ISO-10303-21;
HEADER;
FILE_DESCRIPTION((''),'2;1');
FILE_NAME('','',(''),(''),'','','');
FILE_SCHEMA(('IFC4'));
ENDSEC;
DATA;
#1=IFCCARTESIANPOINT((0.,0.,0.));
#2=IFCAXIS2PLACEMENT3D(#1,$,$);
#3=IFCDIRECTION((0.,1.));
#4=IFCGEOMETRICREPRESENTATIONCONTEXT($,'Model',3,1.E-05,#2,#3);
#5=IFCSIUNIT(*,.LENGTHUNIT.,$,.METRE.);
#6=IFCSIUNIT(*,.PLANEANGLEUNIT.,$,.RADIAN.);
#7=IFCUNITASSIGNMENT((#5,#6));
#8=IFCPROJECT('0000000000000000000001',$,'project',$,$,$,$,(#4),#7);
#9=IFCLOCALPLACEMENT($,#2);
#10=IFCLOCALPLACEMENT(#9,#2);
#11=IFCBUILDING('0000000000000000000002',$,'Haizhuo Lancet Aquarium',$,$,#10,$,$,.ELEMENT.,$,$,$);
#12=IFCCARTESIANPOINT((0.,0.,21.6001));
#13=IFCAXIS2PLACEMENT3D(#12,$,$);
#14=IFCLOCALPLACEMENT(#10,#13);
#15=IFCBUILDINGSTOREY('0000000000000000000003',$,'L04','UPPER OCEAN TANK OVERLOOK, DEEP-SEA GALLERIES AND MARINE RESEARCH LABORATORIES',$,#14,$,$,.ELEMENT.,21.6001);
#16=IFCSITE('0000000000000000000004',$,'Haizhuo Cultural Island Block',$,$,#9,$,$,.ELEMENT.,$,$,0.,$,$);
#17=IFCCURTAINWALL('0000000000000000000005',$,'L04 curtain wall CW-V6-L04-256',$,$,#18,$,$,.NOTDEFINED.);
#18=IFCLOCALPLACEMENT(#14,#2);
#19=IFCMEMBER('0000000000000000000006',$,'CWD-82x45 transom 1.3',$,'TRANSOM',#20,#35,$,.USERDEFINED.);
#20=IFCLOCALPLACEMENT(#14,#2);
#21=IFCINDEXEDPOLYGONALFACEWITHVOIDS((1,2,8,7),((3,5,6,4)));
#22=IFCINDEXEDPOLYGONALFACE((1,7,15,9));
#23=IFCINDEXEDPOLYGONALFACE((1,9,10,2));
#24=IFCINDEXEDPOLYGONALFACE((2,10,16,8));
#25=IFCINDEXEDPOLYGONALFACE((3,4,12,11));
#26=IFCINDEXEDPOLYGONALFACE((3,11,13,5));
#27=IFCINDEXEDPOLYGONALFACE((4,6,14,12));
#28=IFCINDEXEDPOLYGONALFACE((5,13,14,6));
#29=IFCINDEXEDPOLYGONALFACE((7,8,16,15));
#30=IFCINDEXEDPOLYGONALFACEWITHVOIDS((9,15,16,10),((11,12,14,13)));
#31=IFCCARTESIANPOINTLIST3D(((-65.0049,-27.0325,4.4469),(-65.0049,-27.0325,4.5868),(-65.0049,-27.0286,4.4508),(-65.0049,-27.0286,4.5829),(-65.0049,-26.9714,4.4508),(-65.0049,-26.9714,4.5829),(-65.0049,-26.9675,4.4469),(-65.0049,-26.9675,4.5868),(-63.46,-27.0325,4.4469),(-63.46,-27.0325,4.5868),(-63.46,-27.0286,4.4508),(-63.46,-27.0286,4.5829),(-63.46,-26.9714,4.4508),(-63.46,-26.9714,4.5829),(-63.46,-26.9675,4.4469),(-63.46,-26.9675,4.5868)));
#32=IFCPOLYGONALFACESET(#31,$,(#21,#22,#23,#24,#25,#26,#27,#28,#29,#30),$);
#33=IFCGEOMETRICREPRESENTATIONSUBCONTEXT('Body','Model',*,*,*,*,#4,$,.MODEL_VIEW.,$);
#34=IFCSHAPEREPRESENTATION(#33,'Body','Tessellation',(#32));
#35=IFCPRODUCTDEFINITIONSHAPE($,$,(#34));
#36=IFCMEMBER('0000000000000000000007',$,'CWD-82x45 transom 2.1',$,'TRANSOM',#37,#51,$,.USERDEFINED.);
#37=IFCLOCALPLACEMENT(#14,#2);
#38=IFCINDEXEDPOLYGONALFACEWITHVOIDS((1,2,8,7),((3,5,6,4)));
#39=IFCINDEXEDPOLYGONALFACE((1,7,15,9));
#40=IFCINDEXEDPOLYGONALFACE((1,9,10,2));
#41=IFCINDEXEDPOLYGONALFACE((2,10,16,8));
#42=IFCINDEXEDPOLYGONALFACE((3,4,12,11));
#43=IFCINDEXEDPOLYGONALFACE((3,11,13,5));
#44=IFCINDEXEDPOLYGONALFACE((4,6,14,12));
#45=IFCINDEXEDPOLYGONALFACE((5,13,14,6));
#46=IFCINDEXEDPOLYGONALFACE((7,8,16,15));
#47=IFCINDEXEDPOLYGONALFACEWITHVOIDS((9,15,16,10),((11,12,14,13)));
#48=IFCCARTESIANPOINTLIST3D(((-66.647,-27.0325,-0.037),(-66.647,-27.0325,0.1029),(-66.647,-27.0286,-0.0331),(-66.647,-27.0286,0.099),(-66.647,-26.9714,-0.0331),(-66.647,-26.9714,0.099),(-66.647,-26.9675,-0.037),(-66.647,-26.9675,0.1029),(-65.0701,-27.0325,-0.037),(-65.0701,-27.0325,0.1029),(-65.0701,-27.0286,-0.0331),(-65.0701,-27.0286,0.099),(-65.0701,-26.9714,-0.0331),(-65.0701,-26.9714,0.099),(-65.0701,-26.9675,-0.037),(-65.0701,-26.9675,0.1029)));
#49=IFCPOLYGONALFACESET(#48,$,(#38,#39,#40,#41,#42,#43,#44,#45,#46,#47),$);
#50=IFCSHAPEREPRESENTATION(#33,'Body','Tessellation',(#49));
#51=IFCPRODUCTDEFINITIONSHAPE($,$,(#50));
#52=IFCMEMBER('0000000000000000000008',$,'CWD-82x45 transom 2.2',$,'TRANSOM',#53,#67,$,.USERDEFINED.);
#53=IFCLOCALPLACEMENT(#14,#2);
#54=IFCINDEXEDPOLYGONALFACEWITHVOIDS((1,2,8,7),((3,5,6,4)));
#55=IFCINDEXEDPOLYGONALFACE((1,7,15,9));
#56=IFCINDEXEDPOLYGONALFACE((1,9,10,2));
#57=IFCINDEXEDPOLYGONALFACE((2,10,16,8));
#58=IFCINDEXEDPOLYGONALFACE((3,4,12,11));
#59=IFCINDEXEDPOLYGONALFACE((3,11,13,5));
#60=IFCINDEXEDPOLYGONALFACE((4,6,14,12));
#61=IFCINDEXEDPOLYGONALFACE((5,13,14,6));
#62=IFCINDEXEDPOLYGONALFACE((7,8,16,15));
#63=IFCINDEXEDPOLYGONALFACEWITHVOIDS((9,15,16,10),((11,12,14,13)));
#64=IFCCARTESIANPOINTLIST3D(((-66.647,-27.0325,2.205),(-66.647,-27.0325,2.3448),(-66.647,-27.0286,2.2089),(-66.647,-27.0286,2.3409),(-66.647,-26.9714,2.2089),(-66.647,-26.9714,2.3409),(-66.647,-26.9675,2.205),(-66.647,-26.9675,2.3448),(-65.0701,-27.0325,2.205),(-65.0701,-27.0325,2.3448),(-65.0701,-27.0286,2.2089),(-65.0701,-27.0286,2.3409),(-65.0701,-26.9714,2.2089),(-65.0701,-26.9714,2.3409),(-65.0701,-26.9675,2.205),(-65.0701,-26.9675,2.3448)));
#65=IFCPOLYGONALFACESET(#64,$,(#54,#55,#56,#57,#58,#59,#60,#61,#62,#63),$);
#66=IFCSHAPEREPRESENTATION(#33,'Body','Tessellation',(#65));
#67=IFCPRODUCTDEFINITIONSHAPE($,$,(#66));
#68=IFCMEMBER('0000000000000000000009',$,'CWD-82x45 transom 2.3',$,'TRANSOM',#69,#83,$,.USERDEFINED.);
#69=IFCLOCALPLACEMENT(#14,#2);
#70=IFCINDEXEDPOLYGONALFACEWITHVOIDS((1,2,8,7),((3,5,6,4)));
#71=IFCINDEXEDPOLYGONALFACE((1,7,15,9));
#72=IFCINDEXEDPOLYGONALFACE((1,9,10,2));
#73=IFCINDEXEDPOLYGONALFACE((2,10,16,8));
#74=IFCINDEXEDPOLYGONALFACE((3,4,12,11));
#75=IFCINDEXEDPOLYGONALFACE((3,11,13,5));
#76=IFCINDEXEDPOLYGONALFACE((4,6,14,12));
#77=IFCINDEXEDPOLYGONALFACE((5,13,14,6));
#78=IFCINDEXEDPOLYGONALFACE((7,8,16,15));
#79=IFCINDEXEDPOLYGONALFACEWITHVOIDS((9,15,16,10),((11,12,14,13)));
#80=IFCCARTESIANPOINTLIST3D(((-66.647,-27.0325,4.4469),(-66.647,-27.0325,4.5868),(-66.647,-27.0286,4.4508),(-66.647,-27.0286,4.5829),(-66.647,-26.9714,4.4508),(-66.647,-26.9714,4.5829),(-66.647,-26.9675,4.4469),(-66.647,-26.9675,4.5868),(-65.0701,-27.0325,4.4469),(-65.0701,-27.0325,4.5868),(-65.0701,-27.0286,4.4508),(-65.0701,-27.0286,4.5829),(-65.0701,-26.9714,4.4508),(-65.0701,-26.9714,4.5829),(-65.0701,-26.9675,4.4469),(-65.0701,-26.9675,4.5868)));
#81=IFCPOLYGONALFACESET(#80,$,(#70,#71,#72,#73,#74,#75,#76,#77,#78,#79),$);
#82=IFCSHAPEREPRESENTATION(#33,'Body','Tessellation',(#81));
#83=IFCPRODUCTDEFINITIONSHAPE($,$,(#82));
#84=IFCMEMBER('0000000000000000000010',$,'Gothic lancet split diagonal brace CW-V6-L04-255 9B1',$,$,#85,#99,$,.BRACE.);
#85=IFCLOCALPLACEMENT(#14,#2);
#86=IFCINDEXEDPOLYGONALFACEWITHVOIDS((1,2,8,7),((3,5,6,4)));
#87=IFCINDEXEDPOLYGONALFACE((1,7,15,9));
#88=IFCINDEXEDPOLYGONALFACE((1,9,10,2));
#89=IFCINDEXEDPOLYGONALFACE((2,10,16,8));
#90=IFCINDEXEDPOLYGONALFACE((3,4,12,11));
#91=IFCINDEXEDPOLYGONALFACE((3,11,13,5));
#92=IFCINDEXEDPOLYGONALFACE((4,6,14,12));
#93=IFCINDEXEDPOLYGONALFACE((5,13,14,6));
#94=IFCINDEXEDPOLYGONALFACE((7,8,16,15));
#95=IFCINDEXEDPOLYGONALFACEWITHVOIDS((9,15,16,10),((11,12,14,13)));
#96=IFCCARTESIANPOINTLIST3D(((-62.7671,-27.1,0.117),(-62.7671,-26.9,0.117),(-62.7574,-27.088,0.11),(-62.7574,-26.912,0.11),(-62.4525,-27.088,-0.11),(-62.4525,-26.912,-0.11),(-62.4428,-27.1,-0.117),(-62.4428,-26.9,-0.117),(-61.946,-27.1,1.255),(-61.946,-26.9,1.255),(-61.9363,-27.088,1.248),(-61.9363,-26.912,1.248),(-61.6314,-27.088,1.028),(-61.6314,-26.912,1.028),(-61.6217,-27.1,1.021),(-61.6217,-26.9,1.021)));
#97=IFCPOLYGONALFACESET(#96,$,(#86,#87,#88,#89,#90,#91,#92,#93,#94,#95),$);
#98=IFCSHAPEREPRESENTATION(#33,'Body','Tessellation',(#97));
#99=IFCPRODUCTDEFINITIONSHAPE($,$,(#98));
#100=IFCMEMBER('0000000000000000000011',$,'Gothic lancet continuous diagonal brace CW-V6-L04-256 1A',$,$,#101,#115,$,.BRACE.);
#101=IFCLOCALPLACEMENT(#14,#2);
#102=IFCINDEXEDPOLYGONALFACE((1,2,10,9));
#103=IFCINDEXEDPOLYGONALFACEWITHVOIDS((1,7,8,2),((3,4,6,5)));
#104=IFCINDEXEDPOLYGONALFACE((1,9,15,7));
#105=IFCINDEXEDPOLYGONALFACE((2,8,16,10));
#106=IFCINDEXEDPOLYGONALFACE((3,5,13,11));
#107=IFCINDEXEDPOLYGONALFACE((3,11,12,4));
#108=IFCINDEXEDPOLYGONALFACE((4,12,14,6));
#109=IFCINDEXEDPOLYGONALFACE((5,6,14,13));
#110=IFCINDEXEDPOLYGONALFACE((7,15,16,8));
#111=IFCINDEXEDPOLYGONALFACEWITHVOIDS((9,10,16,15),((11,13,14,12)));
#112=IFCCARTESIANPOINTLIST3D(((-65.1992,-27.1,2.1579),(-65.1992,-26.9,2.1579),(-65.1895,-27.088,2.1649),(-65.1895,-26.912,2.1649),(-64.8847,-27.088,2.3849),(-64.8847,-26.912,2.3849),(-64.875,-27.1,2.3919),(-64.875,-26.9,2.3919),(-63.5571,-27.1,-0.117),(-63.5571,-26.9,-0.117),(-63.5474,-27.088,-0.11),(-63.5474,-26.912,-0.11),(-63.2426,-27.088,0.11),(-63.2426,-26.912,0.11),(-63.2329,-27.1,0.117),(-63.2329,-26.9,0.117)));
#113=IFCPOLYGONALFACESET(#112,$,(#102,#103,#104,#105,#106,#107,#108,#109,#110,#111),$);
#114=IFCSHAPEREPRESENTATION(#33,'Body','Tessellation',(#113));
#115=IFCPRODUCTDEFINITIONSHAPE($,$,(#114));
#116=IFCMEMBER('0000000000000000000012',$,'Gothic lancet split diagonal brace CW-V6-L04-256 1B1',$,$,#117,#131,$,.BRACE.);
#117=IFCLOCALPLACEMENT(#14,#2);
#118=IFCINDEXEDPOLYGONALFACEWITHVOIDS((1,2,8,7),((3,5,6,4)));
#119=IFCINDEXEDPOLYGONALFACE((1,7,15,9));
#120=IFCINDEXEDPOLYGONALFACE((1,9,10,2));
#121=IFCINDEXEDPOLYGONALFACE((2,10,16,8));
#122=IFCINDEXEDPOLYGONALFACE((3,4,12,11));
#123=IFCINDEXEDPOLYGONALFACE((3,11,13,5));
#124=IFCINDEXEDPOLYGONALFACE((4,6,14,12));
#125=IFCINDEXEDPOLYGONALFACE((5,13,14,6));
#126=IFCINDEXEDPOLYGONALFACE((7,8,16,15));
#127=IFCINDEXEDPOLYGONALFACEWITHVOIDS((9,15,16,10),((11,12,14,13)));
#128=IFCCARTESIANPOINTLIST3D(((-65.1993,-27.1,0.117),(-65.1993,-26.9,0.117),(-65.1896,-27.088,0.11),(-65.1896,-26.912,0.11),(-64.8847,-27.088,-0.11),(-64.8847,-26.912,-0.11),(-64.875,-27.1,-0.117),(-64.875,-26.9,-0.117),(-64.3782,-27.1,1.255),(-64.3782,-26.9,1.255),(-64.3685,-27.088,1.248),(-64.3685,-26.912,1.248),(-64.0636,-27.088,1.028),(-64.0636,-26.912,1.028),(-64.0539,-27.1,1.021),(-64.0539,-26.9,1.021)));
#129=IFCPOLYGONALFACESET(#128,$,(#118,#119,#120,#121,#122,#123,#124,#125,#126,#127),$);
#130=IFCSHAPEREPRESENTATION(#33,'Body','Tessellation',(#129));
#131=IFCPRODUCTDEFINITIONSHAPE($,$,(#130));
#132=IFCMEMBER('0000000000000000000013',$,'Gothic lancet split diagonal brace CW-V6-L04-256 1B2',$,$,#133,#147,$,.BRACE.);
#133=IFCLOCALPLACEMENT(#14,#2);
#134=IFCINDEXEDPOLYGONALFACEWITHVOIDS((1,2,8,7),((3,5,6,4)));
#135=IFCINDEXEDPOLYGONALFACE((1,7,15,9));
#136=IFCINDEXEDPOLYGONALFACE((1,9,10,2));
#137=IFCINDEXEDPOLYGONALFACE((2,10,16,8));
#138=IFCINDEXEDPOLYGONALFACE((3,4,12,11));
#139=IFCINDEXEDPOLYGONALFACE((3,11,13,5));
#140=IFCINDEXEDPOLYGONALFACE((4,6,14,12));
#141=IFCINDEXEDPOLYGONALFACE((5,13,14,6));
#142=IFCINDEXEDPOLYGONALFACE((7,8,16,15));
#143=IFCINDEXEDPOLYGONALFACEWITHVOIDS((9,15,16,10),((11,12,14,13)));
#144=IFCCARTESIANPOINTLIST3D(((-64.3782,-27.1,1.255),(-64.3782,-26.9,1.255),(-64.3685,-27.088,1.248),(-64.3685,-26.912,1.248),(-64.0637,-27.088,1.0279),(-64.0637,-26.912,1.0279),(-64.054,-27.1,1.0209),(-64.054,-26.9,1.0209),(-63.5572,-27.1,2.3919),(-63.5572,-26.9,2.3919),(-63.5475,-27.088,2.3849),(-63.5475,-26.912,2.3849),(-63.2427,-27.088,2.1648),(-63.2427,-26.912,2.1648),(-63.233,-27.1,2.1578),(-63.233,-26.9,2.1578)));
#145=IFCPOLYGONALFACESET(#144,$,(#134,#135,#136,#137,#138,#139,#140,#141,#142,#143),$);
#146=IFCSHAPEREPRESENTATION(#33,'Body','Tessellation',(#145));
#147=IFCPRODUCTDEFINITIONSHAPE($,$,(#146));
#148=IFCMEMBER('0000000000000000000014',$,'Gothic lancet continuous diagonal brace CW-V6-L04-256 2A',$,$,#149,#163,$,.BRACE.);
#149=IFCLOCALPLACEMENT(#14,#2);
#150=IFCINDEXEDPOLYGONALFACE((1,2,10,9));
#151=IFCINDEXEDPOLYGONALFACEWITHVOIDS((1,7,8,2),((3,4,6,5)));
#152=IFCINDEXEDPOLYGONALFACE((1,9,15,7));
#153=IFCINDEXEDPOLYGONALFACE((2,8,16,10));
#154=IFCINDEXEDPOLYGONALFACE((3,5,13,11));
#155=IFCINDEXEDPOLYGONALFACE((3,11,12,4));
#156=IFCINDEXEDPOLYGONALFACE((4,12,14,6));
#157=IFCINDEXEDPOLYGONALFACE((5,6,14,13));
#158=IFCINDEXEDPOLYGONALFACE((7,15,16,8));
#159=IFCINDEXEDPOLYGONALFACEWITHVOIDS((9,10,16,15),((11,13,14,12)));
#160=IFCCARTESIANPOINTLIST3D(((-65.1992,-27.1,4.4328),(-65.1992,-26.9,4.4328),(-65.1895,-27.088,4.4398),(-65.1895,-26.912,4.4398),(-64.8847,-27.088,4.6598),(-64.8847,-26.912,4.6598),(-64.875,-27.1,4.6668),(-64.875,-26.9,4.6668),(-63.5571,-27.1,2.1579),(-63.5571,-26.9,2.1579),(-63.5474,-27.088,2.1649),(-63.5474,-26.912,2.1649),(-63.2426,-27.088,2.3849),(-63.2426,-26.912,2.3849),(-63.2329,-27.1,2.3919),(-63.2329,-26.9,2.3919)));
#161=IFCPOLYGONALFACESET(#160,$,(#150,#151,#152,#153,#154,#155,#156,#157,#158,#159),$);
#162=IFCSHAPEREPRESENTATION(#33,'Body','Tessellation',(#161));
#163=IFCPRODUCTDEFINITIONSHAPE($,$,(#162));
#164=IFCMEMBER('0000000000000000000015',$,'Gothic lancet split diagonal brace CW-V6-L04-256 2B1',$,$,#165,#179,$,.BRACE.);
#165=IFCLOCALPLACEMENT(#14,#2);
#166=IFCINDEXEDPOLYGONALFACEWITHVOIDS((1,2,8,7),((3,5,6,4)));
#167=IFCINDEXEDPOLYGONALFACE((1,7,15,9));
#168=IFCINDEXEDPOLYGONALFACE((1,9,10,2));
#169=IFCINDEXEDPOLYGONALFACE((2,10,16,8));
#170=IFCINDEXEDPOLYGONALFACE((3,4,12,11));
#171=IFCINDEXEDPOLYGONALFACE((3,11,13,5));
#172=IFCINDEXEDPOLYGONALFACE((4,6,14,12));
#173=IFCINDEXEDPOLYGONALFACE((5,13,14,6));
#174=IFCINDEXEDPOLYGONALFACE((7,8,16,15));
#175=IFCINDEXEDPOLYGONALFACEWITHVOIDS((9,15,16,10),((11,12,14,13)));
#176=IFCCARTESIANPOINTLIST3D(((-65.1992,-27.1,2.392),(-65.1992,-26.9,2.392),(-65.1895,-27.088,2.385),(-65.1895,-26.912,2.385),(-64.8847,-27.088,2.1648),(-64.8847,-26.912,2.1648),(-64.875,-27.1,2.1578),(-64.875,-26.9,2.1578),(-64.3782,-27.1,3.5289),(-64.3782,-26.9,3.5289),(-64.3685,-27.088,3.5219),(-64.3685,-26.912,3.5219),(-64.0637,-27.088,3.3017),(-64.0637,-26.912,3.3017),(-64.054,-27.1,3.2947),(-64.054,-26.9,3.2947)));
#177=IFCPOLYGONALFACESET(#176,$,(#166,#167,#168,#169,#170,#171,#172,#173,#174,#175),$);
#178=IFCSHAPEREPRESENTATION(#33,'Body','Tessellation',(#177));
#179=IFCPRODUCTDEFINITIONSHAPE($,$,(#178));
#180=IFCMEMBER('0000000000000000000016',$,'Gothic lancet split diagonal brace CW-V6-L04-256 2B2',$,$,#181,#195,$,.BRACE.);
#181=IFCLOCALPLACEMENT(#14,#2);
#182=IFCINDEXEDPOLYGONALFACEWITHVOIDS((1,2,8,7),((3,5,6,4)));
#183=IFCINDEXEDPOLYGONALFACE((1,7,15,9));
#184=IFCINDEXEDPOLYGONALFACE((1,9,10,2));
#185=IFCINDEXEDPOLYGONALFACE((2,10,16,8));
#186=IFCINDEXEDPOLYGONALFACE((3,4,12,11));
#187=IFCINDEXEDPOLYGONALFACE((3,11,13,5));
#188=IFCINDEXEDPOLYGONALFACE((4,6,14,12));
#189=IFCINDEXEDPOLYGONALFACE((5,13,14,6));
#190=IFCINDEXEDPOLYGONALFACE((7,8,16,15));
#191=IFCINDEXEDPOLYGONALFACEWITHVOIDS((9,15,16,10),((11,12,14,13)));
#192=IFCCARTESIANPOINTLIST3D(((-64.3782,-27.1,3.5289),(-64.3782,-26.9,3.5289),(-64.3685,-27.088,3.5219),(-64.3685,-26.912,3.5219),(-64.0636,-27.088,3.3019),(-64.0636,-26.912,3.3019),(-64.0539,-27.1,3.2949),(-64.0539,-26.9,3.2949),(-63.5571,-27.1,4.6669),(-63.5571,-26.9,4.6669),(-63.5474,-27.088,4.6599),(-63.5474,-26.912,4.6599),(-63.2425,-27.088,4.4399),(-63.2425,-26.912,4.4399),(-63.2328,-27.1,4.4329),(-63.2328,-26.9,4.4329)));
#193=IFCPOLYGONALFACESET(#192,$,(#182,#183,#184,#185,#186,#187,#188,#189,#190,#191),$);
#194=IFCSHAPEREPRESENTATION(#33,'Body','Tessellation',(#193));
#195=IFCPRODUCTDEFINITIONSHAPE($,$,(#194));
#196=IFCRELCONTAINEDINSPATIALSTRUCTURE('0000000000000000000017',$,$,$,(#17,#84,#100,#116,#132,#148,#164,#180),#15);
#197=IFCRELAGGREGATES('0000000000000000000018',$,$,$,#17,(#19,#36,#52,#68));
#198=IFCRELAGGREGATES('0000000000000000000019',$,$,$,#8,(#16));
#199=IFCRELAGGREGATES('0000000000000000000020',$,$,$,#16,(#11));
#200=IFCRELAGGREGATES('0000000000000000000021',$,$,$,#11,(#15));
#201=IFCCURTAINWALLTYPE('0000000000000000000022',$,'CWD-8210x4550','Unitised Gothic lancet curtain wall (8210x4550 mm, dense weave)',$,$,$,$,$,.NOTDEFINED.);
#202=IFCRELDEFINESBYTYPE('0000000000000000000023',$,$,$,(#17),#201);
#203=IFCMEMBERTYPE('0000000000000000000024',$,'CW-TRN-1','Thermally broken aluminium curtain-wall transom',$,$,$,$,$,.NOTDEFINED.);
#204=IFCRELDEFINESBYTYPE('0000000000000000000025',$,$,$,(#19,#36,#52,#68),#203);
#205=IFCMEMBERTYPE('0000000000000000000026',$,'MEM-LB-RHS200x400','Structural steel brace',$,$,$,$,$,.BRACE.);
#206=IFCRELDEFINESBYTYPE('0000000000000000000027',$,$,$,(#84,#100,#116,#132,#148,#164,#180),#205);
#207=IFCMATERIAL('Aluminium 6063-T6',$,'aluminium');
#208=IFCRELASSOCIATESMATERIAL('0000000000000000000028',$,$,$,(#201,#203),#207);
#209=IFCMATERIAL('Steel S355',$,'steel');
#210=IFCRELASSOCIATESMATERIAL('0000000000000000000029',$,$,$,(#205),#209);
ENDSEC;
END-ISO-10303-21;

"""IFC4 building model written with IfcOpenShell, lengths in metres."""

from ifc_helpers import new_model, si_unit, direction, frame, origin, origin_2d, place, context, subcontext, project, spatial, hollow_rectangle, extrude, material, material_profile, profile_set, type_object, element, aggregate, save


model = new_model("IFC4")

# Units and contexts
model_context = context("Model", 3, precision=1e-05, world=origin(), true_north=direction((0.0, 1.0)))
body_context = subcontext(model_context, "Body", "Model", "MODEL_VIEW")
ifc_project = project(units=[si_unit("LENGTHUNIT", "METRE"), si_unit("PLANEANGLEUNIT", "RADIAN")], contexts=[model_context])

# Site, building, storey
site_placement = place(None, origin())
site = spatial("IfcSite", under=ifc_project, at=site_placement, Name="Haizhuo Cultural Island Block", CompositionType="ELEMENT", RefElevation=0.0)
building_placement = place(site_placement, origin())
building = spatial("IfcBuilding", under=site, at=building_placement, Name="Haizhuo Lancet Aquarium", CompositionType="ELEMENT")
storey_placement = place(building_placement, frame((0.0, 0.0, 21.6001)))
storey = spatial("IfcBuildingStorey", under=building, at=storey_placement, Name="L04", Description="UPPER OCEAN TANK OVERLOOK, DEEP-SEA GALLERIES AND MARINE RESEARCH LABORATORIES", CompositionType="ELEMENT", Elevation=21.6001)

# Shared definitions
ifc_material_1 = material(Name="Steel S355", Category="steel")

# Curtain wall, members
ifc_material_2 = material(Name="Aluminium 6063-T6", Category="aluminium")
curtain_wall_type = type_object("IfcCurtainWallType", Name="CWD-8210x4550", Description="Unitised Gothic lancet curtain wall (8210x4550 mm, dense weave)", PredefinedType="NOTDEFINED", material=ifc_material_2)
curtain_wall_placement = place(storey_placement, origin())
curtain_wall = element("IfcCurtainWall", 1, at=curtain_wall_placement, inside=storey, type_object=curtain_wall_type, Name="L04 curtain wall CW-V6-L04-256", PredefinedType="NOTDEFINED")
ifc_material_profile_1 = material_profile(ifc_material_2, hollow_rectangle(XDim=0.0649, YDim=0.1399, WallThickness=0.0039, at=origin_2d()), Name="ALU-T 65x140x4")
ifc_profile_set_1 = profile_set([ifc_material_profile_1], Name="Aluminium 6063-T6")
member_type_1 = type_object("IfcMemberType", Name="CW-TRN-1", Description="Thermally broken aluminium curtain-wall transom", PredefinedType="NOTDEFINED", material=ifc_profile_set_1)
member_1_placement = place(storey_placement, frame((-63.46, -27.0, 4.5168), z_axis=(-1.0, 0.0, 0.0), x_axis=(0.0, -1.0, 0.0)))
member_1 = element("IfcMember", 2, at=member_1_placement, type_object=member_type_1, Name="CWD-82x45 transom 1.3", ObjectType="TRANSOM", PredefinedType="USERDEFINED", context=body_context, shape_type="SweptSolid", body=[
    extrude(hollow_rectangle(XDim=0.0649, YDim=0.1399, WallThickness=0.0039, at=origin_2d()), origin(), (0.0, 0.0, 1.0), 1.5449),
])
member_2_placement = place(storey_placement, frame((-65.0701, -27.0, 0.033), z_axis=(-1.0, 0.0, 0.0), x_axis=(0.0, -1.0, 0.0)))
member_2 = element("IfcMember", 3, at=member_2_placement, type_object=member_type_1, Name="CWD-82x45 transom 2.1", ObjectType="TRANSOM", PredefinedType="USERDEFINED", context=body_context, shape_type="SweptSolid", body=[
    extrude(hollow_rectangle(XDim=0.0649, YDim=0.1399, WallThickness=0.0039, at=origin_2d()), origin(), (0.0, 0.0, 1.0), 1.5769),
])
member_3_placement = place(storey_placement, frame((-65.0701, -27.0, 2.2749), z_axis=(-1.0, 0.0, 0.0), x_axis=(0.0, -1.0, 0.0)))
member_3 = element("IfcMember", 4, at=member_3_placement, type_object=member_type_1, Name="CWD-82x45 transom 2.2", ObjectType="TRANSOM", PredefinedType="USERDEFINED", context=body_context, shape_type="SweptSolid", body=[
    extrude(hollow_rectangle(XDim=0.0649, YDim=0.1399, WallThickness=0.0039, at=origin_2d()), origin(), (0.0, 0.0, 1.0), 1.5769),
])
member_4_placement = place(storey_placement, frame((-65.0701, -27.0, 4.5168), z_axis=(-1.0, 0.0, 0.0), x_axis=(0.0, -1.0, 0.0)))
member_4 = element("IfcMember", 5, at=member_4_placement, type_object=member_type_1, Name="CWD-82x45 transom 2.3", ObjectType="TRANSOM", PredefinedType="USERDEFINED", context=body_context, shape_type="SweptSolid", body=[
    extrude(hollow_rectangle(XDim=0.0649, YDim=0.1399, WallThickness=0.0039, at=origin_2d()), origin(), (0.0, 0.0, 1.0), 1.5769),
])

# Members
ifc_material_profile_2 = material_profile(ifc_material_1, hollow_rectangle(XDim=0.2, YDim=0.3999, WallThickness=0.012, at=origin_2d()), Name="RHS 200x400x12")
ifc_profile_set_2 = profile_set([ifc_material_profile_2], Name="Steel S355")
member_type_2 = type_object("IfcMemberType", Name="MEM-LB-RHS200x400", Description="Structural steel brace", PredefinedType="BRACE", material=ifc_profile_set_2)
member_5_placement = place(storey_placement, frame((-62.605, -27.0, 0.0), z_axis=(0.585116, 0.0, 0.81095), x_axis=(0.0, 1.0, 0.0)))
element("IfcMember", 6, at=member_5_placement, inside=storey, type_object=member_type_2, Name="Gothic lancet split diagonal brace CW-V6-L04-255 9B1", PredefinedType="BRACE", context=body_context, shape_type="SweptSolid", body=[
    extrude(hollow_rectangle(XDim=0.2, YDim=0.3999, WallThickness=0.012, at=origin_2d()), origin(), (0.0, 0.0, 1.0), 1.4033),
])
member_6_placement = place(storey_placement, frame((-63.395, -27.0, 0.0), z_axis=(-0.585281, 0.0, 0.810831), x_axis=(0.0, -1.0, 0.0)))
element("IfcMember", 7, at=member_6_placement, inside=storey, type_object=member_type_2, Name="Gothic lancet continuous diagonal brace CW-V6-L04-256 1A", PredefinedType="BRACE", context=body_context, shape_type="SweptSolid", body=[
    extrude(hollow_rectangle(XDim=0.2, YDim=0.3999, WallThickness=0.012, at=origin_2d()), origin(), (0.0, 0.0, 1.0), 2.8057),
])
member_7_placement = place(storey_placement, frame((-65.0371, -27.0, 0.0), z_axis=(0.585116, 0.0, 0.81095), x_axis=(0.0, 1.0, 0.0)))
element("IfcMember", 8, at=member_7_placement, inside=storey, type_object=member_type_2, Name="Gothic lancet split diagonal brace CW-V6-L04-256 1B1", PredefinedType="BRACE", context=body_context, shape_type="SweptSolid", body=[
    extrude(hollow_rectangle(XDim=0.2, YDim=0.3999, WallThickness=0.012, at=origin_2d()), origin(), (0.0, 0.0, 1.0), 1.4033),
])
member_8_placement = place(storey_placement, frame((-64.2161, -27.0, 1.1379), z_axis=(0.585446, 0.0, 0.810711), x_axis=(0.0, 1.0, 0.0)))
element("IfcMember", 9, at=member_8_placement, inside=storey, type_object=member_type_2, Name="Gothic lancet split diagonal brace CW-V6-L04-256 1B2", PredefinedType="BRACE", context=body_context, shape_type="SweptSolid", body=[
    extrude(hollow_rectangle(XDim=0.2, YDim=0.3999, WallThickness=0.012, at=origin_2d()), origin(), (0.0, 0.0, 1.0), 1.4023),
])
member_9_placement = place(storey_placement, frame((-63.395, -27.0, 2.2749), z_axis=(-0.585281, 0.0, 0.810831), x_axis=(0.0, -1.0, 0.0)))
element("IfcMember", 10, at=member_9_placement, inside=storey, type_object=member_type_2, Name="Gothic lancet continuous diagonal brace CW-V6-L04-256 2A", PredefinedType="BRACE", context=body_context, shape_type="SweptSolid", body=[
    extrude(hollow_rectangle(XDim=0.2, YDim=0.3999, WallThickness=0.012, at=origin_2d()), origin(), (0.0, 0.0, 1.0), 2.8057),
])
member_10_placement = place(storey_placement, frame((-65.0371, -27.0, 2.2749), z_axis=(0.585446, 0.0, 0.810711), x_axis=(0.0, 1.0, 0.0)))
element("IfcMember", 11, at=member_10_placement, inside=storey, type_object=member_type_2, Name="Gothic lancet split diagonal brace CW-V6-L04-256 2B1", PredefinedType="BRACE", context=body_context, shape_type="SweptSolid", body=[
    extrude(hollow_rectangle(XDim=0.2, YDim=0.3999, WallThickness=0.012, at=origin_2d()), origin(), (0.0, 0.0, 1.0), 1.4023),
])
member_11_placement = place(storey_placement, frame((-64.2161, -27.0, 3.4119), z_axis=(0.585116, 0.0, 0.81095), x_axis=(0.0, 1.0, 0.0)))
element("IfcMember", 12, at=member_11_placement, inside=storey, type_object=member_type_2, Name="Gothic lancet split diagonal brace CW-V6-L04-256 2B2", PredefinedType="BRACE", context=body_context, shape_type="SweptSolid", body=[
    extrude(hollow_rectangle(XDim=0.2, YDim=0.3999, WallThickness=0.012, at=origin_2d()), origin(), (0.0, 0.0, 1.0), 1.4033),
])

aggregate(curtain_wall, [member_1, member_2, member_3, member_4])

save(model, "model.ifc")
